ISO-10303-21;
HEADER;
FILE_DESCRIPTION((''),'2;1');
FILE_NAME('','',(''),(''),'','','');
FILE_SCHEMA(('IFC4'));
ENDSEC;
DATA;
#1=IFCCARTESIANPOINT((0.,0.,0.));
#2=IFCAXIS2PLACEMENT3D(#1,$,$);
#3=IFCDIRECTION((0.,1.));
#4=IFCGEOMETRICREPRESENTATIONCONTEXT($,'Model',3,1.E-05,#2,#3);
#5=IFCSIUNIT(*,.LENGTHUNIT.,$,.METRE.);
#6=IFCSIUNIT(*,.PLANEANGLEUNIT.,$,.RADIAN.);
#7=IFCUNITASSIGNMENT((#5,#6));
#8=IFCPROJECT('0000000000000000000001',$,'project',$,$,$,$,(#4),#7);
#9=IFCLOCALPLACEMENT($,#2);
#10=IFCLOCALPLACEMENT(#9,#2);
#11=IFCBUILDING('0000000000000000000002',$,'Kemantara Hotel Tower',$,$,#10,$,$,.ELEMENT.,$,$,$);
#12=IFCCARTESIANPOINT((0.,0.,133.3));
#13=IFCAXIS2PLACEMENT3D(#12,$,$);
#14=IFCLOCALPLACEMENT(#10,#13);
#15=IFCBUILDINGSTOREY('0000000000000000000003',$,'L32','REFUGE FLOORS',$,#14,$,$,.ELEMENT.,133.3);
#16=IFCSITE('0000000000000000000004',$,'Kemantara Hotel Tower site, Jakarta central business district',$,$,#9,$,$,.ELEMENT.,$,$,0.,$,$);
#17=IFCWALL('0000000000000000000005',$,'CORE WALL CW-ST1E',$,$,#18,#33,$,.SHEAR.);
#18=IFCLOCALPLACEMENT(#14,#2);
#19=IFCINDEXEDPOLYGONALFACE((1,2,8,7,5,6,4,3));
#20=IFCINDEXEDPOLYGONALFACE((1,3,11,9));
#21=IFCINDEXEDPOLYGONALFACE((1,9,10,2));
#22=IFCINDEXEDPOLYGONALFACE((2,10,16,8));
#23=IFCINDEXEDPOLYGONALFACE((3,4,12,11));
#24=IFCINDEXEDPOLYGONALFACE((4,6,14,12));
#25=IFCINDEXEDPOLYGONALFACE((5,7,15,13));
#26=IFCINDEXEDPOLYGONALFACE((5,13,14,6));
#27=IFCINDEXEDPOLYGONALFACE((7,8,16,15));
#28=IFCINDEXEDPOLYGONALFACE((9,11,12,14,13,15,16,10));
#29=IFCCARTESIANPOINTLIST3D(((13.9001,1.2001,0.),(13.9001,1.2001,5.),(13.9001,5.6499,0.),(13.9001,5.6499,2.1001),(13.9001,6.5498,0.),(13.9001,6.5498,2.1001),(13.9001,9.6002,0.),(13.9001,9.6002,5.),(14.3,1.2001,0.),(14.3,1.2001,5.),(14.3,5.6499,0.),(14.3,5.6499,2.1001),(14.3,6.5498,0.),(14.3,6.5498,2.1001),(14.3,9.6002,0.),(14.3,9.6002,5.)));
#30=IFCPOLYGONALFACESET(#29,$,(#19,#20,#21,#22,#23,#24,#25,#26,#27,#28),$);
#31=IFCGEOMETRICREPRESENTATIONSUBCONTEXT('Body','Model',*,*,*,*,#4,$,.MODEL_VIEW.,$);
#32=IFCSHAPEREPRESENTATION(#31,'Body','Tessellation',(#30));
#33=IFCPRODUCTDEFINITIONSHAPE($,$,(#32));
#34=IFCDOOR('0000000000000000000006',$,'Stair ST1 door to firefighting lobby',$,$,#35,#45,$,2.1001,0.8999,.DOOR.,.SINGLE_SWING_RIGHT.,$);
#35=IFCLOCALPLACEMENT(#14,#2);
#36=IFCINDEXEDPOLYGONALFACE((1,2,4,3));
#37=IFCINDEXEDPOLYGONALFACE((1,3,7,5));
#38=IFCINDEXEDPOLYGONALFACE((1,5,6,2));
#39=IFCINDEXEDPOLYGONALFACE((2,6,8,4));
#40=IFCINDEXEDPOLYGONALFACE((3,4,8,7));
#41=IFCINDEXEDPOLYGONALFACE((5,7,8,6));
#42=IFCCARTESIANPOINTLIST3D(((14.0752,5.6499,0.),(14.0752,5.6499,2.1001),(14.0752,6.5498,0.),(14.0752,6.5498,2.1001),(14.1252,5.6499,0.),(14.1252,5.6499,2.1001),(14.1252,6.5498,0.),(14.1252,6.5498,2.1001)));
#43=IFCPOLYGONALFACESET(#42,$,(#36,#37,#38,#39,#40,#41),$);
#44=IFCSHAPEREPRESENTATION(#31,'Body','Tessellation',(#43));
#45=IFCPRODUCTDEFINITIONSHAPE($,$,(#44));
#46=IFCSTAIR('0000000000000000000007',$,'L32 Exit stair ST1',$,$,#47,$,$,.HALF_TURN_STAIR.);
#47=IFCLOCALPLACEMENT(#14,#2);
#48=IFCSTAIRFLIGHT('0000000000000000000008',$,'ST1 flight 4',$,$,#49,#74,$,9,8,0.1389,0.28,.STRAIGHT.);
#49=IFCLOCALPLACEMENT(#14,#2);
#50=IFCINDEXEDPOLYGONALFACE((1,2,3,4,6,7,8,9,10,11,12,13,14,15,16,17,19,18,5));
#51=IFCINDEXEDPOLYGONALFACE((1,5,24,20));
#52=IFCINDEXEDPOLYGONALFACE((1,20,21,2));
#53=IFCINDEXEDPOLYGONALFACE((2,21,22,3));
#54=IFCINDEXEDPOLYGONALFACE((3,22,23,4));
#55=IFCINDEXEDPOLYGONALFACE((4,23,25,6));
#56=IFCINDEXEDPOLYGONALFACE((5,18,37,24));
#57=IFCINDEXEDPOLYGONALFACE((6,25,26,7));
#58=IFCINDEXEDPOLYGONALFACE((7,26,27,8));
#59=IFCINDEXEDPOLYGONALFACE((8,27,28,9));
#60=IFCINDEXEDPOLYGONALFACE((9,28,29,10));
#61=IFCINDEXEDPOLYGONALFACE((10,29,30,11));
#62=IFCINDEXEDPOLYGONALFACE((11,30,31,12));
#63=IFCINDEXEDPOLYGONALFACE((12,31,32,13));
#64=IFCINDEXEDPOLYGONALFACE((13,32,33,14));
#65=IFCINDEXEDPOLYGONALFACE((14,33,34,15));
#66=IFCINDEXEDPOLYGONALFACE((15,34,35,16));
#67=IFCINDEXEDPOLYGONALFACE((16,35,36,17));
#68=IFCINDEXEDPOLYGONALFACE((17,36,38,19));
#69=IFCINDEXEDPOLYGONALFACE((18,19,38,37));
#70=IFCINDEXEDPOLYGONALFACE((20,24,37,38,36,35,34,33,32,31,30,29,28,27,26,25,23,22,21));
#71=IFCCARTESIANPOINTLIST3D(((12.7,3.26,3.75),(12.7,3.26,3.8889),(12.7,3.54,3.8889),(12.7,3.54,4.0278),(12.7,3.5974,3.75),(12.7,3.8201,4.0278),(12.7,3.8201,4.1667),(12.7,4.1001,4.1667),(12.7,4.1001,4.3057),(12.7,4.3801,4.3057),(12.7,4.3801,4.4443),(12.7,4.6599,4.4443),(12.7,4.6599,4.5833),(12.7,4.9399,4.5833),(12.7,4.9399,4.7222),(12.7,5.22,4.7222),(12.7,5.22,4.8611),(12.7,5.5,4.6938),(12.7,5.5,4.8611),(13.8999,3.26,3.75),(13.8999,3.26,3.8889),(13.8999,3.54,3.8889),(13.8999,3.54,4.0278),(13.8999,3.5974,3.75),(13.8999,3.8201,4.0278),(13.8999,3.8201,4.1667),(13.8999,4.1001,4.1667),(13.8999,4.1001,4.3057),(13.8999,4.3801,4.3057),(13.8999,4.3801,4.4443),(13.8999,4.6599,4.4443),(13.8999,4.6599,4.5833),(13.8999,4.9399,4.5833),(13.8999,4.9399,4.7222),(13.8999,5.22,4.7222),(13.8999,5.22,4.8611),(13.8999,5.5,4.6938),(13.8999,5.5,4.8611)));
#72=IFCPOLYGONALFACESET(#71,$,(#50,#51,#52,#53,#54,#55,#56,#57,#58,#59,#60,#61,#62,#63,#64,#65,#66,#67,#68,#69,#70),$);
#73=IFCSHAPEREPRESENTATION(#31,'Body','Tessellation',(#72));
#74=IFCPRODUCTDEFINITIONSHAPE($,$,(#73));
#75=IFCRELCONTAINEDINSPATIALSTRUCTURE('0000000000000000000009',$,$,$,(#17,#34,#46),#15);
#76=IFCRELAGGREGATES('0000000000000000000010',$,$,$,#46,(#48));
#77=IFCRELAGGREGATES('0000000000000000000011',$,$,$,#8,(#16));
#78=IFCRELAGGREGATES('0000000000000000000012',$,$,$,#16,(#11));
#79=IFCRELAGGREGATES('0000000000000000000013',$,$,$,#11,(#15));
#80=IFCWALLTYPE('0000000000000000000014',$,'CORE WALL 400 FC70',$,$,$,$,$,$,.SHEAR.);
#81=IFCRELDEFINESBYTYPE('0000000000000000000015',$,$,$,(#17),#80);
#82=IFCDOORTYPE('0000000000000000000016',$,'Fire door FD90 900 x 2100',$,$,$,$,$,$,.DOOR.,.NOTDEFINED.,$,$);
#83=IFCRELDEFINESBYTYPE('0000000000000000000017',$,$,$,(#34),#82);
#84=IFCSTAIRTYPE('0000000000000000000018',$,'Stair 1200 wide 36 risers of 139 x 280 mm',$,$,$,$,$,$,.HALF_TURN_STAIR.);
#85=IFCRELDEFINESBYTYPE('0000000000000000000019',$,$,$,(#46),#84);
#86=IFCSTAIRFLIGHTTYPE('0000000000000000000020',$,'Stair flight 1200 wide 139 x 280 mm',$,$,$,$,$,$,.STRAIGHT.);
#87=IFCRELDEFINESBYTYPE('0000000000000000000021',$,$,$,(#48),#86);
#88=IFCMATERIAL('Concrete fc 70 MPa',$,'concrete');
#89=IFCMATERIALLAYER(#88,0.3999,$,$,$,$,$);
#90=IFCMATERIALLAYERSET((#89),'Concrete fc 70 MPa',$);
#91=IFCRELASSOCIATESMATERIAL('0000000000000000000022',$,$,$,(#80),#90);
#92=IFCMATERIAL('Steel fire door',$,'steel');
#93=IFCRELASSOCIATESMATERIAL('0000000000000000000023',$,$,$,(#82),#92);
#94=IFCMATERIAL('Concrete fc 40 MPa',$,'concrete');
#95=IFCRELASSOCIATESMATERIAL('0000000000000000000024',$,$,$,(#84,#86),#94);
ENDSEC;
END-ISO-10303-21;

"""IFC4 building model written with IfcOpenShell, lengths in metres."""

from ifc_helpers import new_model, si_unit, direction, frame, frame_2d, origin, place, context, subcontext, project, spatial, polyline, rectangle, outline, extrude, material, layer, layer_set, type_object, element, fill, aggregate, save


model = new_model("IFC4")

# Units and contexts
model_context = context("Model", 3, precision=1e-05, world=origin(), true_north=direction((0.0, 1.0)))
body_context = subcontext(model_context, "Body", "Model", "MODEL_VIEW")
ifc_project = project(units=[si_unit("LENGTHUNIT", "METRE"), si_unit("PLANEANGLEUNIT", "RADIAN")], contexts=[model_context])

# Site, building, storey
site_placement = place(None, origin())
site = spatial("IfcSite", under=ifc_project, at=site_placement, Name="Kemantara Hotel Tower site, Jakarta central business district", CompositionType="ELEMENT", RefElevation=0.0)
building_placement = place(site_placement, origin())
building = spatial("IfcBuilding", under=site, at=building_placement, Name="Kemantara Hotel Tower", CompositionType="ELEMENT")
storey_placement = place(building_placement, frame((0.0, 0.0, 133.3)))
storey = spatial("IfcBuildingStorey", under=building, at=storey_placement, Name="L32", Description="REFUGE FLOORS", CompositionType="ELEMENT", Elevation=133.3)

# Shared definitions
ifc_material_1 = material(Name="Concrete fc 70 MPa", Category="concrete")

# Shared definitions
ifc_layer_1 = layer(ifc_material_1, 0.3999)
ifc_layer_set_1 = layer_set([ifc_layer_1], Name="Concrete fc 70 MPa")
wall_type_1 = type_object("IfcWallType", Name="CORE WALL 400 FC70", PredefinedType="SHEAR", material=ifc_layer_set_1)
ifc_material_2 = material(Name="Steel fire door", Category="steel")

# Wall, opening, door
wall_1_placement = place(storey_placement, frame((14.1001, 1.2, 0.0), z_axis=(0.0, 0.0, 1.0), x_axis=(0.0, 1.0, 0.0)))
wall_1 = element("IfcWall", 1, at=wall_1_placement, inside=storey, type_object=wall_type_1, Name="CORE WALL CW-ST1E", PredefinedType="SHEAR", context=body_context, shape_type="SweptSolid", body=[
    extrude(rectangle(XDim=8.4001, YDim=0.3999, at=frame_2d((4.2002, 0.0))), origin(), (0.0, 0.0, 1.0), 5.0),
])
opening_1_placement = place(wall_1_placement, frame((4.45, 0.0, 0.0)))
opening_1 = element("IfcOpeningElement", 2, at=opening_1_placement, cuts=wall_1, PredefinedType="OPENING", context=body_context, shape_type="SweptSolid", body=[
    extrude(rectangle(XDim=0.8999, YDim=2.1001, at=frame_2d((0.45, 1.05))), frame((0.0, 0.21, 0.0), z_axis=(0.0, -1.0, 0.0), x_axis=(1.0, 0.0, 0.0)), (0.0, 0.0, 1.0), 0.4199),
])
door_type_1 = type_object("IfcDoorType", Name="Fire door FD90 900 x 2100", OperationType="NOTDEFINED", PredefinedType="DOOR", material=ifc_material_2)
door_1_placement = place(opening_1_placement, origin())
door_1 = element("IfcDoor", 3, at=door_1_placement, inside=storey, type_object=door_type_1, Name="Stair ST1 door to firefighting lobby", OperationType="SINGLE_SWING_RIGHT", OverallHeight=2.1001, OverallWidth=0.8999, PredefinedType="DOOR", context=body_context, shape_type="SweptSolid", body=[
    extrude(rectangle(XDim=0.8999, YDim=2.1001, at=frame_2d((0.45, 1.05))), frame((0.0, 0.0249, 0.0), z_axis=(0.0, -1.0, 0.0), x_axis=(1.0, 0.0, 0.0)), (0.0, 0.0, 1.0), 0.05),
])
fill(opening_1, door_1)

# Stair, stair flight
ifc_material_3 = material(Name="Concrete fc 40 MPa", Category="concrete")
stair_type = type_object("IfcStairType", Name="Stair 1200 wide 36 risers of 139 x 280 mm", PredefinedType="HALF_TURN_STAIR", material=ifc_material_3)
stair_placement = place(storey_placement, origin())
stair = element("IfcStair", 4, at=stair_placement, inside=storey, type_object=stair_type, Name="L32 Exit stair ST1", PredefinedType="HALF_TURN_STAIR")
stair_flight_type = type_object("IfcStairFlightType", Name="Stair flight 1200 wide 139 x 280 mm", PredefinedType="STRAIGHT", material=ifc_material_3)
stair_flight_placement = place(storey_placement, frame((13.3, 3.26, 3.75), z_axis=(0.0, 0.0, 1.0), x_axis=(0.0, 1.0, 0.0)))
stair_flight = element("IfcStairFlight", 5, at=stair_flight_placement, type_object=stair_flight_type, Name="ST1 flight 4", NumberOfRisers=9, NumberOfTreads=8, PredefinedType="STRAIGHT", RiserHeight=0.1389, TreadLength=0.28, context=body_context, shape_type="SweptSolid", body=[
    extrude(outline(polyline([(0.0, 0.0), (0.0, 0.1389), (0.28, 0.1389), (0.28, 0.2778), (0.5601, 0.2778), (0.5601, 0.4167), (0.8401, 0.4167), (0.8401, 0.5557), (1.1201, 0.5557), (1.1201, 0.6943), (1.3999, 0.6943), (1.3999, 0.8333), (1.6799, 0.8333), (1.6799, 0.9722), (1.96, 0.9722), (1.96, 1.1111), (2.24, 1.1111), (2.24, 1.25), (2.24, 0.9438), (0.3374, 0.0), (0.0, 0.0)])), frame((0.0, 0.6001, 0.0), z_axis=(0.0, -1.0, 0.0), x_axis=(1.0, 0.0, 0.0)), (0.0, 0.0, 1.0), 1.2),
])
aggregate(stair, [stair_flight])

save(model, "model.ifc")
